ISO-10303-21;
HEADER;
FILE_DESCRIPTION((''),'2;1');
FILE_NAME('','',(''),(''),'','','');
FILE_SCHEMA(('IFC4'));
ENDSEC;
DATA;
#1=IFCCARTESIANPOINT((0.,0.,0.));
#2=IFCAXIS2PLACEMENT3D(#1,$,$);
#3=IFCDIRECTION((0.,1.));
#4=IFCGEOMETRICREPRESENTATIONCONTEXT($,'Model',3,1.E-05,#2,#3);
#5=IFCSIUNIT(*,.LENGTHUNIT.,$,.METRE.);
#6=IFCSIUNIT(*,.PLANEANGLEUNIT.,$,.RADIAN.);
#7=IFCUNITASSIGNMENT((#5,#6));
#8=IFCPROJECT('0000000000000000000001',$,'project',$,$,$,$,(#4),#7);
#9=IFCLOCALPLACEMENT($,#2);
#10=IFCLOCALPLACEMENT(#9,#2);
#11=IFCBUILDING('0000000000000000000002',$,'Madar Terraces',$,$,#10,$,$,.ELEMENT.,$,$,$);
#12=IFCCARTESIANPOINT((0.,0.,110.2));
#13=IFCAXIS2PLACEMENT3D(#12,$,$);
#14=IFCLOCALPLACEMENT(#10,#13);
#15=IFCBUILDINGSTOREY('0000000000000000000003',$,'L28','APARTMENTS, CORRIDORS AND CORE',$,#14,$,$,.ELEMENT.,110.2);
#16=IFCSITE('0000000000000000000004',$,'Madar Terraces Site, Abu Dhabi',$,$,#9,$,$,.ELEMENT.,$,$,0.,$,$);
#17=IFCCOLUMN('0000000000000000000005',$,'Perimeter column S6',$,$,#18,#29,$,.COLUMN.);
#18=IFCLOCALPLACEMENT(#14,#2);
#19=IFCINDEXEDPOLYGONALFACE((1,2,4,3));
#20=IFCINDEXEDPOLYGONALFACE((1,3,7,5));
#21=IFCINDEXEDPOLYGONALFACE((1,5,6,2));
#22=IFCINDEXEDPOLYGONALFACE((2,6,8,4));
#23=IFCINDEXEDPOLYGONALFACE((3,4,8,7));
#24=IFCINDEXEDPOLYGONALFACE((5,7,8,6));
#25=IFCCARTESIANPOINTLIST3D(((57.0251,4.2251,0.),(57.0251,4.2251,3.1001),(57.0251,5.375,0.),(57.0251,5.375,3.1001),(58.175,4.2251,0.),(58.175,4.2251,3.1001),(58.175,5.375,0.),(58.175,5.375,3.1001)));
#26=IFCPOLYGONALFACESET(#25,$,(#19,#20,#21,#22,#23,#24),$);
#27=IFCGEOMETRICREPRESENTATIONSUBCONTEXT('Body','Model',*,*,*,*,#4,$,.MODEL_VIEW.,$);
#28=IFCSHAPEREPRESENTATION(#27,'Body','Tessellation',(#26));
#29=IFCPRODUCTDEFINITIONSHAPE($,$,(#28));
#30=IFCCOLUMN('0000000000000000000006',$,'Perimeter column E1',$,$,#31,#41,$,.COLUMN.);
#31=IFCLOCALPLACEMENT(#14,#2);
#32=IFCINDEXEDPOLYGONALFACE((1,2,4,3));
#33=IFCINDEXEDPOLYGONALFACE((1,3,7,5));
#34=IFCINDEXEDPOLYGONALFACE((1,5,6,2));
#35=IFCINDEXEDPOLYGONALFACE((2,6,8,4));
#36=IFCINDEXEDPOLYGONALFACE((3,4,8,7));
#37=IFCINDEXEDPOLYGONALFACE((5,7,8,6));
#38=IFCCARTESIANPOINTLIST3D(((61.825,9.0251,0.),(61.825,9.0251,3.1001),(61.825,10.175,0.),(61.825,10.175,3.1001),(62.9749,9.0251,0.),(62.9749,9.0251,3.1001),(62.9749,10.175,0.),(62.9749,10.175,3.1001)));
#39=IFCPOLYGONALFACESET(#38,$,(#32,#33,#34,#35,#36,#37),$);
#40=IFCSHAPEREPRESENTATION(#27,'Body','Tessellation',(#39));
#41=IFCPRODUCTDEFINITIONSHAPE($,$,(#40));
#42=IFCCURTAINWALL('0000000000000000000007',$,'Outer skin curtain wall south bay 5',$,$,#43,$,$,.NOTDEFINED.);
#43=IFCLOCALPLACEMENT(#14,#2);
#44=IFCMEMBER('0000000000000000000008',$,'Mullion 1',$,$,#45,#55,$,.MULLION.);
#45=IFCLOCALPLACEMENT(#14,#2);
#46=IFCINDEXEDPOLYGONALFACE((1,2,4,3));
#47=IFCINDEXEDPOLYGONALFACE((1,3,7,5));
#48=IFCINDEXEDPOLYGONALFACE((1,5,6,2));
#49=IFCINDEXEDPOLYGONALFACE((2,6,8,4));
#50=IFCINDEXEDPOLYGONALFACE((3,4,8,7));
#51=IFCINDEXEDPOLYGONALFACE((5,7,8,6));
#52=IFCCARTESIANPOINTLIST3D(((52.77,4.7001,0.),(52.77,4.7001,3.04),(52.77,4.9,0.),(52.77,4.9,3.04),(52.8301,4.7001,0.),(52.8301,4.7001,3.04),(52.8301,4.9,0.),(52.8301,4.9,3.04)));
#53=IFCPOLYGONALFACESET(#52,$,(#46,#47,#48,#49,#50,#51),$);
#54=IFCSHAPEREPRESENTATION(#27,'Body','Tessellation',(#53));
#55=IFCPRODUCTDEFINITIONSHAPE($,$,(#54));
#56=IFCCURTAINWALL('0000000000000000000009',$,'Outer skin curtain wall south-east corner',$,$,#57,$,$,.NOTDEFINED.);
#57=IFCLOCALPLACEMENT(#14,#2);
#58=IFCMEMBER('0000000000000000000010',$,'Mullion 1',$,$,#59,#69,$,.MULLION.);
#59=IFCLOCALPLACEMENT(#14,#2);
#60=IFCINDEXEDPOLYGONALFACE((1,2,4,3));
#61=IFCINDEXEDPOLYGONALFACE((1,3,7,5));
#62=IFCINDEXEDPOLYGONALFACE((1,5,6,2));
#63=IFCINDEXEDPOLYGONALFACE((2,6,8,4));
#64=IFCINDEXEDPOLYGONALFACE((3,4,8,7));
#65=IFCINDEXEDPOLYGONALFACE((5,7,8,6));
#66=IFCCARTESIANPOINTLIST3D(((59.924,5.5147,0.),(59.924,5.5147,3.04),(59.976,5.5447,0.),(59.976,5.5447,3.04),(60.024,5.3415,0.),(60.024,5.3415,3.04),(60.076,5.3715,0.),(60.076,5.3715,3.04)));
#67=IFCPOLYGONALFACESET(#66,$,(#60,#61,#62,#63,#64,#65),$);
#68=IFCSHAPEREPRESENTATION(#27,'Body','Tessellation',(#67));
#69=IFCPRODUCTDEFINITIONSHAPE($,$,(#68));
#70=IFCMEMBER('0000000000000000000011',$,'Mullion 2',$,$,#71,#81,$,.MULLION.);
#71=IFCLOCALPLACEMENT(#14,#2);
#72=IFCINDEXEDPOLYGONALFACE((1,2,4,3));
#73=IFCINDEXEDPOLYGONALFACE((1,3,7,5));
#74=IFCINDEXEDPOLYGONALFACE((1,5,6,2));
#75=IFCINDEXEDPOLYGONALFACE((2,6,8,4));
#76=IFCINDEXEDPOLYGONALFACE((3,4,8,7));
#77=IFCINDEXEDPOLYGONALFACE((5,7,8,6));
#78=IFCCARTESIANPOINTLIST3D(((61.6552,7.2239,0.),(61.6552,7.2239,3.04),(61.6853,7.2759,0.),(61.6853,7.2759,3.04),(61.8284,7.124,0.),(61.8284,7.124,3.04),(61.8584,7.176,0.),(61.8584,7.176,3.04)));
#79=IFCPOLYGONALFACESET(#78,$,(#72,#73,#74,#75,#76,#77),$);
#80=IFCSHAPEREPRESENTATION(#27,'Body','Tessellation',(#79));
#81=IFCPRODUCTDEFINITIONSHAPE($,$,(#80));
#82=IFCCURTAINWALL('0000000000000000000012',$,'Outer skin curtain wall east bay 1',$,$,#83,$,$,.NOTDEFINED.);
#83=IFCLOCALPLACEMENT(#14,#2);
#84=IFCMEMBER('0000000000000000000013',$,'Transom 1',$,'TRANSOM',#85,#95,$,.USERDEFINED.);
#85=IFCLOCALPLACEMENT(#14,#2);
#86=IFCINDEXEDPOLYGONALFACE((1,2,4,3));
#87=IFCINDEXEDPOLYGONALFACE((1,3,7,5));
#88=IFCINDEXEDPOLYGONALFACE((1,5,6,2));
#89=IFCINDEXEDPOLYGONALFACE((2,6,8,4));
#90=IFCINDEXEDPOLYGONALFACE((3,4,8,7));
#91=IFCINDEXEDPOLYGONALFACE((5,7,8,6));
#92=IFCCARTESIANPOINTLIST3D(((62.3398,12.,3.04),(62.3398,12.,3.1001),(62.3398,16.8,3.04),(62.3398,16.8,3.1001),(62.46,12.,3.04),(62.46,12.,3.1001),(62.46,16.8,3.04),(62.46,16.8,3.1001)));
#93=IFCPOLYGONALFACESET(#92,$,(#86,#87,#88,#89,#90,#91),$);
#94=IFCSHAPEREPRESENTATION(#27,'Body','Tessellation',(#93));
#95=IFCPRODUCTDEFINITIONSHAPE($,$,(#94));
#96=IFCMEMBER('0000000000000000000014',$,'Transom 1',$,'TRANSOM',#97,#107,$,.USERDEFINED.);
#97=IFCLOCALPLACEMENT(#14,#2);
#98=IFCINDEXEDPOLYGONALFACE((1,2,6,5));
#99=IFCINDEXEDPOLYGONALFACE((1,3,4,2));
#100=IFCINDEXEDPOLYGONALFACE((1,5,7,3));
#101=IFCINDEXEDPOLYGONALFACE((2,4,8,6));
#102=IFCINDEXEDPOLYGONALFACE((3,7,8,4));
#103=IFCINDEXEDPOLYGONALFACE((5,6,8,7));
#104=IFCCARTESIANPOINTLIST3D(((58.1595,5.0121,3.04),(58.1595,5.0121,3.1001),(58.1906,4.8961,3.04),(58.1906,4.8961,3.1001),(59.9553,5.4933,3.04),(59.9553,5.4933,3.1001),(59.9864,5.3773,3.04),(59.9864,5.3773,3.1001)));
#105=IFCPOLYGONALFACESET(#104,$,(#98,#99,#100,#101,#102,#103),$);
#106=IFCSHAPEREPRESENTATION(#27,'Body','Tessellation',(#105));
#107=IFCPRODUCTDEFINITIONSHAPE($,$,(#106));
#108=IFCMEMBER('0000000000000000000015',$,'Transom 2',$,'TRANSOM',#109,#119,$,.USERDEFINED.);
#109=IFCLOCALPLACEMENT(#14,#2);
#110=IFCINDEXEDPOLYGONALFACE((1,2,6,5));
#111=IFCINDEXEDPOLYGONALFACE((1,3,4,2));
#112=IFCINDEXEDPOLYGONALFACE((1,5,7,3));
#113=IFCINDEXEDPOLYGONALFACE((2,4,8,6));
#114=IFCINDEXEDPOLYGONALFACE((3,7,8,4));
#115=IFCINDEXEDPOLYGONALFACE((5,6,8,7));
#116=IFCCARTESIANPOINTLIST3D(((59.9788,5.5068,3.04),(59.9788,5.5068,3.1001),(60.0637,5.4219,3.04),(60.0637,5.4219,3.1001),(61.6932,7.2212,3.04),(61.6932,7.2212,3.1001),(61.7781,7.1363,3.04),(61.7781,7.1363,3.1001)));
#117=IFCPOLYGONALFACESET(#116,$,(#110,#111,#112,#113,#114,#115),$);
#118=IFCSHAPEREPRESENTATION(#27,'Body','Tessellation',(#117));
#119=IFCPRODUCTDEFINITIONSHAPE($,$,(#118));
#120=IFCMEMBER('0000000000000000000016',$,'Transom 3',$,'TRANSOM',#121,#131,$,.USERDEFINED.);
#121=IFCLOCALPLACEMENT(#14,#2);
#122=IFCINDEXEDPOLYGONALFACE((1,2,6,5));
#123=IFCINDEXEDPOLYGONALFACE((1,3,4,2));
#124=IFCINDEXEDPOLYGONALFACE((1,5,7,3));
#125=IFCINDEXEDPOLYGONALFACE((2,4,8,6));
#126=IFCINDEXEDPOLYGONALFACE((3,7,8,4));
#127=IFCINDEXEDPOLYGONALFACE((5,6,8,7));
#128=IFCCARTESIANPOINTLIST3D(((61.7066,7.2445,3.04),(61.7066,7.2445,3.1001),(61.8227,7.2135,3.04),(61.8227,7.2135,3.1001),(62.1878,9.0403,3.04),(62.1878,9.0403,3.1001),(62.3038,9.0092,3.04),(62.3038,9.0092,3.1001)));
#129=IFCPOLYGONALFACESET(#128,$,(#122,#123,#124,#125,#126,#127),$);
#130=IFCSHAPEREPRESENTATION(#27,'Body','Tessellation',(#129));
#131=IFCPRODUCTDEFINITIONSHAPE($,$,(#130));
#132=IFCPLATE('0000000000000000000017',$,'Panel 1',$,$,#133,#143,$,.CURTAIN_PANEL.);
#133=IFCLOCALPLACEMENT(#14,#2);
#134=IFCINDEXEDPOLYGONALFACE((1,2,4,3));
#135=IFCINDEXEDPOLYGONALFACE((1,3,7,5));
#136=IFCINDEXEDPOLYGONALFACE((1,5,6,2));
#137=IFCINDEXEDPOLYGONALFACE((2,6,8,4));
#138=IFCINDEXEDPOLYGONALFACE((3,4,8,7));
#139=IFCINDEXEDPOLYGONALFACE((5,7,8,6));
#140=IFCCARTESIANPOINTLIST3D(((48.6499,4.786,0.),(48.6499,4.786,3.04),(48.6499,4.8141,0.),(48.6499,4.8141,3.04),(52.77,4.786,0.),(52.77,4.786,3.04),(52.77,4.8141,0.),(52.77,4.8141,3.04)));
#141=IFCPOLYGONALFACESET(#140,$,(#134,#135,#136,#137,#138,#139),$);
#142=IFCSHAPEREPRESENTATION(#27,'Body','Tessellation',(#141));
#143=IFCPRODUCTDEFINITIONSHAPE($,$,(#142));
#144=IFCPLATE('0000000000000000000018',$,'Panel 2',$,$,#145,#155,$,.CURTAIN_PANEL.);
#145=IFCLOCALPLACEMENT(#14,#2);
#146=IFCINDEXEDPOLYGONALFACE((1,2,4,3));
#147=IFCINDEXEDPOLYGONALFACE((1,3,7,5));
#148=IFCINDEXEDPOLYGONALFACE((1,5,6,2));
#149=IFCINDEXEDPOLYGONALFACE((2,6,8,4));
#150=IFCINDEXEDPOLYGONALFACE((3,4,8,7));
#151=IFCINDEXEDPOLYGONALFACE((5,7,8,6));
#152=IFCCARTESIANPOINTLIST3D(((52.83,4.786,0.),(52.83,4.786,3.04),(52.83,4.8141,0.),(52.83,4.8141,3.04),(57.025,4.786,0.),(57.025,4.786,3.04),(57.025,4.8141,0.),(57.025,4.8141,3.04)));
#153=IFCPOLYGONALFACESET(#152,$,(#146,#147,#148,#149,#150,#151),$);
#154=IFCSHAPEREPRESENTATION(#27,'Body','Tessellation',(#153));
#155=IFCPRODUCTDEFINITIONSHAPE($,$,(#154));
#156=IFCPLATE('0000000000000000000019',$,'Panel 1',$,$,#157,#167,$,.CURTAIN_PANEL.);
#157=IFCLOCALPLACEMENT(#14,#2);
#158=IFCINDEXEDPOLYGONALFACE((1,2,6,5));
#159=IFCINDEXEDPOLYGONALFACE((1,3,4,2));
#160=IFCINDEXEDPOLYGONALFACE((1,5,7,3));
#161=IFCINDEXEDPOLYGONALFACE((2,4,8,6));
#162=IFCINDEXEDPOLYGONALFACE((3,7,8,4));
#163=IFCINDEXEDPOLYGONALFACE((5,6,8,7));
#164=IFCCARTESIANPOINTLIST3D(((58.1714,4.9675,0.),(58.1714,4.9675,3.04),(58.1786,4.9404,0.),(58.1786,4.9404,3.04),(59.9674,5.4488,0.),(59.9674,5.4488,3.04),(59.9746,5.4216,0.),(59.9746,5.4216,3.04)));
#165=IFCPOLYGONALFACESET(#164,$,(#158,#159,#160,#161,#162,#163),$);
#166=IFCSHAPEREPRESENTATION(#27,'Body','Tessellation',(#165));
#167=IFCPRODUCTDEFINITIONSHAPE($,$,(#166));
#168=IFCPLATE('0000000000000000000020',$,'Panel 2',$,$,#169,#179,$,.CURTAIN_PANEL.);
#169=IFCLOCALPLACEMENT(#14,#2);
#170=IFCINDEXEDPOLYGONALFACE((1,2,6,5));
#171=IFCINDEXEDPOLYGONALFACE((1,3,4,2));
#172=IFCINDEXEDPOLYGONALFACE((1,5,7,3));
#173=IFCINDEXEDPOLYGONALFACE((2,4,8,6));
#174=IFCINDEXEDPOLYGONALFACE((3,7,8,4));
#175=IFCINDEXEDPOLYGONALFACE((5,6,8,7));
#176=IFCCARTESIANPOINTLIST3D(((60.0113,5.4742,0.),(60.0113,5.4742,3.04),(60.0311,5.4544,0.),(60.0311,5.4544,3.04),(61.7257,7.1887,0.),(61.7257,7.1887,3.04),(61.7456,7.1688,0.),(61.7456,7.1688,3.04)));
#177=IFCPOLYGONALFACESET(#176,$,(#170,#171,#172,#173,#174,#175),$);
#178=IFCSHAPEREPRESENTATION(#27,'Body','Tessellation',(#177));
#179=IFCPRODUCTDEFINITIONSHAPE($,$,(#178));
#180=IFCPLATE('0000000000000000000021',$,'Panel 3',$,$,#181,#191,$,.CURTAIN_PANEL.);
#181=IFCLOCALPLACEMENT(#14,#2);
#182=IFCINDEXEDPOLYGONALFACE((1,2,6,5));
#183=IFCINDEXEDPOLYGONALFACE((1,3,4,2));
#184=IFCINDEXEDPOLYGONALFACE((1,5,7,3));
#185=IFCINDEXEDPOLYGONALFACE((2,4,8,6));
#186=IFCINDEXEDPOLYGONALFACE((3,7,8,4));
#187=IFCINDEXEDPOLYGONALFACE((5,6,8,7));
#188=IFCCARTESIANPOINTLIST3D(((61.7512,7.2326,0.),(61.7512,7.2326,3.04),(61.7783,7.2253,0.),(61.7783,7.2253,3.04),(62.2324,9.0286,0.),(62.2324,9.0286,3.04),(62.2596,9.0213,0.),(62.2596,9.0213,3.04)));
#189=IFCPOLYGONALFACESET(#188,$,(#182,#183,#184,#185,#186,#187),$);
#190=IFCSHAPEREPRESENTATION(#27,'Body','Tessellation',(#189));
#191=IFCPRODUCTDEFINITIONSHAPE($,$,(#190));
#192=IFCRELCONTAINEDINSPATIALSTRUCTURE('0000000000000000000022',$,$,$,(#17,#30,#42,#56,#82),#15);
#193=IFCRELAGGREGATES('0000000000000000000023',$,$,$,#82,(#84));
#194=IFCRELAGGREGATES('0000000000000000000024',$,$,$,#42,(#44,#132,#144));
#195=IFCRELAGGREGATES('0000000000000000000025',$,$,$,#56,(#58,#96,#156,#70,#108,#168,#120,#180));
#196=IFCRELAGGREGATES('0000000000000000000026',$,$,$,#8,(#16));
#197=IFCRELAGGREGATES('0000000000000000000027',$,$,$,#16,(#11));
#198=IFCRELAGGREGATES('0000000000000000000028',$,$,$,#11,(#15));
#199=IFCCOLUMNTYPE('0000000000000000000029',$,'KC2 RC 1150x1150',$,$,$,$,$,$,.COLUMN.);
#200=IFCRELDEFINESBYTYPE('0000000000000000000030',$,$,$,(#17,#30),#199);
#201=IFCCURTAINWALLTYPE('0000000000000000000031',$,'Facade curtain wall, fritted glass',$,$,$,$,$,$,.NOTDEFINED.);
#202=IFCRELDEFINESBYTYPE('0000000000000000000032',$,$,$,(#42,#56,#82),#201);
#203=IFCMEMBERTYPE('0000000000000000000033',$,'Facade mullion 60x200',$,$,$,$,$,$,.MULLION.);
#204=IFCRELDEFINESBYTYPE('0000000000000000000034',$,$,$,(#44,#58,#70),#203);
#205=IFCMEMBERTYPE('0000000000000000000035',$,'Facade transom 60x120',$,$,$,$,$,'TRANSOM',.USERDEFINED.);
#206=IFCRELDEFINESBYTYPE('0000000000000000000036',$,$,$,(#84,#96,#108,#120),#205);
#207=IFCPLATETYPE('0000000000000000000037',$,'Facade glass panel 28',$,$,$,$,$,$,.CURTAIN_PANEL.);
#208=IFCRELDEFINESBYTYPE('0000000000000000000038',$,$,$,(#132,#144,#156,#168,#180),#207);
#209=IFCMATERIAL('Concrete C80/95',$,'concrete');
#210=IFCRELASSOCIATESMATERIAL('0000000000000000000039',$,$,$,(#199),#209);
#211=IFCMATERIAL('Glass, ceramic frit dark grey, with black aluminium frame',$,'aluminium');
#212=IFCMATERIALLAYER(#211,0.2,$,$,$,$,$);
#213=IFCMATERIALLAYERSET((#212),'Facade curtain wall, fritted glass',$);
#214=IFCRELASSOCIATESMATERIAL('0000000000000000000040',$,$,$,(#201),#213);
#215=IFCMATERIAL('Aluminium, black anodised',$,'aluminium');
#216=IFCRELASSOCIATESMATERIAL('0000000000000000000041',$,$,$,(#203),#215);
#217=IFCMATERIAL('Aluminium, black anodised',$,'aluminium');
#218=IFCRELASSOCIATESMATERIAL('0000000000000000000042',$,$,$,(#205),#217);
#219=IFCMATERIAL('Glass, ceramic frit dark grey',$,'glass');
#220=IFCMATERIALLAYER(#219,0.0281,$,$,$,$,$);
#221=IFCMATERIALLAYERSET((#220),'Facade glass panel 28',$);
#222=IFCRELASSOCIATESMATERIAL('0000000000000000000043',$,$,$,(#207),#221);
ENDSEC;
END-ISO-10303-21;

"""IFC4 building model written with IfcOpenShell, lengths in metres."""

from ifc_helpers import new_model, si_unit, direction, frame, origin, origin_2d, place, context, subcontext, project, spatial, rectangle, extrude, material, layer, layer_set, material_profile, profile_set, type_object, element, aggregate, save


model = new_model("IFC4")

# Units and contexts
model_context = context("Model", 3, precision=1e-05, world=origin(), true_north=direction((0.0, 1.0)))
body_context = subcontext(model_context, "Body", "Model", "MODEL_VIEW")
ifc_project = project(units=[si_unit("LENGTHUNIT", "METRE"), si_unit("PLANEANGLEUNIT", "RADIAN")], contexts=[model_context])

# Site, building, storey
site_placement = place(None, origin())
site = spatial("IfcSite", under=ifc_project, at=site_placement, Name="Madar Terraces Site, Abu Dhabi", CompositionType="ELEMENT", RefElevation=0.0)
building_placement = place(site_placement, origin())
building = spatial("IfcBuilding", under=site, at=building_placement, Name="Madar Terraces", CompositionType="ELEMENT")
storey_placement = place(building_placement, frame((0.0, 0.0, 110.2)))
storey = spatial("IfcBuildingStorey", under=building, at=storey_placement, Name="L28", Description="APARTMENTS, CORRIDORS AND CORE", CompositionType="ELEMENT", Elevation=110.2)

# Columns
ifc_material_1 = material(Name="Concrete C80/95", Category="concrete")
ifc_material_profile_1 = material_profile(ifc_material_1, rectangle(XDim=1.1499, YDim=1.1499, at=origin_2d()), Name="KC2 RC 1150x1150")
ifc_profile_set_1 = profile_set([ifc_material_profile_1], Name="Concrete C80/95")
column_type = type_object("IfcColumnType", Name="KC2 RC 1150x1150", PredefinedType="COLUMN", material=ifc_profile_set_1)
for number, where, z_axis, x_axis, name in (
    (1, (57.6001, 4.8, 0.0), (0.0, 0.0, 1.0), (1.0, 0.0, 0.0), "Perimeter column S6"),
    (2, (62.3999, 9.6001, 0.0), (0.0, 0.0, 1.0), (1.0, 0.0, 0.0), "Perimeter column E1"),
):
    element("IfcColumn", number, at=place(storey_placement, frame(where, z_axis=z_axis, x_axis=x_axis)), inside=storey, type_object=column_type, Name=name, PredefinedType="COLUMN", context=body_context, shape_type="SweptSolid", body=[
        extrude(rectangle(XDim=1.1499, YDim=1.1499, at=origin_2d()), origin(), (0.0, 0.0, 1.0), 3.1001),
    ])

# Curtain wall, member
ifc_material_2 = material(Name="Glass, ceramic frit dark grey, with black aluminium frame", Category="aluminium")
ifc_layer_1 = layer(ifc_material_2, 0.2)
ifc_layer_set_1 = layer_set([ifc_layer_1], Name="Facade curtain wall, fritted glass")
curtain_wall_type = type_object("IfcCurtainWallType", Name="Facade curtain wall, fritted glass", PredefinedType="NOTDEFINED", material=ifc_layer_set_1)
curtain_wall_1_placement = place(storey_placement, origin())
curtain_wall_1 = element("IfcCurtainWall", 3, at=curtain_wall_1_placement, inside=storey, type_object=curtain_wall_type, Name="Outer skin curtain wall south bay 5", PredefinedType="NOTDEFINED")
ifc_material_3 = material(Name="Aluminium, black anodised", Category="aluminium")
ifc_material_profile_2 = material_profile(ifc_material_3, rectangle(XDim=0.2, YDim=0.0601, at=origin_2d()), Name="Facade mullion 60x200")
ifc_profile_set_2 = profile_set([ifc_material_profile_2], Name="Aluminium, black anodised")
member_type_1 = type_object("IfcMemberType", Name="Facade mullion 60x200", PredefinedType="MULLION", material=ifc_profile_set_2)
member_1_placement = place(storey_placement, frame((52.8, 4.8, 0.0), z_axis=(0.0, 0.0, 1.0), x_axis=(0.0, 1.0, 0.0)))
member_1 = element("IfcMember", 4, at=member_1_placement, type_object=member_type_1, Name="Mullion 1", PredefinedType="MULLION", context=body_context, shape_type="SweptSolid", body=[
    extrude(rectangle(XDim=0.2, YDim=0.0601, at=origin_2d()), origin(), (0.0, 0.0, 1.0), 3.04),
])

# Curtain wall, members
curtain_wall_2_placement = place(storey_placement, origin())
curtain_wall_2 = element("IfcCurtainWall", 5, at=curtain_wall_2_placement, inside=storey, type_object=curtain_wall_type, Name="Outer skin curtain wall south-east corner", PredefinedType="NOTDEFINED")
member_2_placement = place(storey_placement, frame((60.0, 5.4431, 0.0), z_axis=(0.0, 0.0, 1.0), x_axis=(-0.5, 0.866025, 0.0)))
member_2 = element("IfcMember", 6, at=member_2_placement, type_object=member_type_1, Name="Mullion 1", PredefinedType="MULLION", context=body_context, shape_type="SweptSolid", body=[
    extrude(rectangle(XDim=0.2, YDim=0.0601, at=origin_2d()), origin(), (0.0, 0.0, 1.0), 3.04),
])
member_3_placement = place(storey_placement, frame((61.7568, 7.2, 0.0), z_axis=(0.0, 0.0, 1.0), x_axis=(-0.866025, 0.5, 0.0)))
member_3 = element("IfcMember", 7, at=member_3_placement, type_object=member_type_1, Name="Mullion 2", PredefinedType="MULLION", context=body_context, shape_type="SweptSolid", body=[
    extrude(rectangle(XDim=0.2, YDim=0.0601, at=origin_2d()), origin(), (0.0, 0.0, 1.0), 3.04),
])

# Curtain wall, member
curtain_wall_3_placement = place(storey_placement, origin())
curtain_wall_3 = element("IfcCurtainWall", 8, at=curtain_wall_3_placement, inside=storey, type_object=curtain_wall_type, Name="Outer skin curtain wall east bay 1", PredefinedType="NOTDEFINED")
ifc_material_4 = material(Name="Aluminium, black anodised", Category="aluminium")
ifc_material_profile_3 = material_profile(ifc_material_4, rectangle(XDim=0.1201, YDim=0.0601, at=origin_2d()), Name="Facade transom 60x120")
ifc_profile_set_3 = profile_set([ifc_material_profile_3], Name="Aluminium, black anodised")
member_type_2 = type_object("IfcMemberType", Name="Facade transom 60x120", ElementType="TRANSOM", PredefinedType="USERDEFINED", material=ifc_profile_set_3)
member_4_placement = place(storey_placement, frame((62.3999, 12.0, 3.0701), z_axis=(0.0, 1.0, 0.0), x_axis=(-1.0, 0.0, 0.0)))
member_4 = element("IfcMember", 9, at=member_4_placement, type_object=member_type_2, Name="Transom 1", ObjectType="TRANSOM", PredefinedType="USERDEFINED", context=body_context, shape_type="SweptSolid", body=[
    extrude(rectangle(XDim=0.1201, YDim=0.0601, at=origin_2d()), origin(), (0.0, 0.0, 1.0), 4.8),
])
aggregate(curtain_wall_3, [member_4])

# Members
member_5_placement = place(storey_placement, frame((58.175, 4.9541, 3.0701), z_axis=(0.965927, 0.258815, 0.0), x_axis=(-0.258815, 0.965927, 0.0)))
member_5 = element("IfcMember", 10, at=member_5_placement, type_object=member_type_2, Name="Transom 1", ObjectType="TRANSOM", PredefinedType="USERDEFINED", context=body_context, shape_type="SweptSolid", body=[
    extrude(rectangle(XDim=0.1201, YDim=0.0601, at=origin_2d()), origin(), (0.0, 0.0, 1.0), 1.8591),
])
member_6_placement = place(storey_placement, frame((60.0212, 5.4644, 3.0701), z_axis=(0.707107, 0.707107, 0.0), x_axis=(-0.707107, 0.707107, 0.0)))
member_6 = element("IfcMember", 11, at=member_6_placement, type_object=member_type_2, Name="Transom 2", ObjectType="TRANSOM", PredefinedType="USERDEFINED", context=body_context, shape_type="SweptSolid", body=[
    extrude(rectangle(XDim=0.1201, YDim=0.0601, at=origin_2d()), origin(), (0.0, 0.0, 1.0), 2.4246),
])
member_7_placement = place(storey_placement, frame((61.7646, 7.229, 3.0701), z_axis=(0.258815, 0.965927, 0.0), x_axis=(-0.965927, 0.258815, 0.0)))
member_7 = element("IfcMember", 12, at=member_7_placement, type_object=member_type_2, Name="Transom 3", ObjectType="TRANSOM", PredefinedType="USERDEFINED", context=body_context, shape_type="SweptSolid", body=[
    extrude(rectangle(XDim=0.1201, YDim=0.0601, at=origin_2d()), origin(), (0.0, 0.0, 1.0), 1.8591),
])

# Plates
ifc_material_5 = material(Name="Glass, ceramic frit dark grey", Category="glass")
ifc_layer_2 = layer(ifc_material_5, 0.0281)
ifc_layer_set_2 = layer_set([ifc_layer_2], Name="Facade glass panel 28")
plate_type = type_object("IfcPlateType", Name="Facade glass panel 28", PredefinedType="CURTAIN_PANEL", material=ifc_layer_set_2)
plate_1_placement = place(storey_placement, frame((50.71, 4.8, 0.0), z_axis=(0.0, 0.0, 1.0), x_axis=(1.0, 0.0, 0.0)))
plate_1 = element("IfcPlate", 13, at=plate_1_placement, type_object=plate_type, Name="Panel 1", PredefinedType="CURTAIN_PANEL", context=body_context, shape_type="SweptSolid", body=[
    extrude(rectangle(XDim=4.1201, YDim=0.0281, at=origin_2d()), origin(), (0.0, 0.0, 1.0), 3.04),
])
plate_2_placement = place(storey_placement, frame((54.9275, 4.8, 0.0), z_axis=(0.0, 0.0, 1.0), x_axis=(1.0, 0.0, 0.0)))
plate_2 = element("IfcPlate", 14, at=plate_2_placement, type_object=plate_type, Name="Panel 2", PredefinedType="CURTAIN_PANEL", context=body_context, shape_type="SweptSolid", body=[
    extrude(rectangle(XDim=4.1951, YDim=0.0281, at=origin_2d()), origin(), (0.0, 0.0, 1.0), 3.04),
])
aggregate(curtain_wall_1, [member_1, plate_1, plate_2])
plate_3_placement = place(storey_placement, frame((59.073, 5.1946, 0.0), z_axis=(0.0, 0.0, 1.0), x_axis=(0.965926, 0.258819, 0.0)))
plate_3 = element("IfcPlate", 15, at=plate_3_placement, type_object=plate_type, Name="Panel 1", PredefinedType="CURTAIN_PANEL", context=body_context, shape_type="SweptSolid", body=[
    extrude(rectangle(XDim=1.8594, YDim=0.0281, at=origin_2d()), origin(), (0.0, 0.0, 1.0), 3.04),
])
plate_4_placement = place(storey_placement, frame((60.8784, 6.3215, 0.0), z_axis=(0.0, 0.0, 1.0), x_axis=(0.707107, 0.707107, 0.0)))
plate_4 = element("IfcPlate", 16, at=plate_4_placement, type_object=plate_type, Name="Panel 2", PredefinedType="CURTAIN_PANEL", context=body_context, shape_type="SweptSolid", body=[
    extrude(rectangle(XDim=2.4246, YDim=0.0281, at=origin_2d()), origin(), (0.0, 0.0, 1.0), 3.04),
])
plate_5_placement = place(storey_placement, frame((62.0054, 8.127, 0.0), z_axis=(0.0, 0.0, 1.0), x_axis=(0.258819, 0.965926, 0.0)))
plate_5 = element("IfcPlate", 17, at=plate_5_placement, type_object=plate_type, Name="Panel 3", PredefinedType="CURTAIN_PANEL", context=body_context, shape_type="SweptSolid", body=[
    extrude(rectangle(XDim=1.8594, YDim=0.0281, at=origin_2d()), origin(), (0.0, 0.0, 1.0), 3.04),
])
aggregate(curtain_wall_2, [member_2, member_5, plate_3, member_3, member_6, plate_4, member_7, plate_5])

save(model, "model.ifc")
